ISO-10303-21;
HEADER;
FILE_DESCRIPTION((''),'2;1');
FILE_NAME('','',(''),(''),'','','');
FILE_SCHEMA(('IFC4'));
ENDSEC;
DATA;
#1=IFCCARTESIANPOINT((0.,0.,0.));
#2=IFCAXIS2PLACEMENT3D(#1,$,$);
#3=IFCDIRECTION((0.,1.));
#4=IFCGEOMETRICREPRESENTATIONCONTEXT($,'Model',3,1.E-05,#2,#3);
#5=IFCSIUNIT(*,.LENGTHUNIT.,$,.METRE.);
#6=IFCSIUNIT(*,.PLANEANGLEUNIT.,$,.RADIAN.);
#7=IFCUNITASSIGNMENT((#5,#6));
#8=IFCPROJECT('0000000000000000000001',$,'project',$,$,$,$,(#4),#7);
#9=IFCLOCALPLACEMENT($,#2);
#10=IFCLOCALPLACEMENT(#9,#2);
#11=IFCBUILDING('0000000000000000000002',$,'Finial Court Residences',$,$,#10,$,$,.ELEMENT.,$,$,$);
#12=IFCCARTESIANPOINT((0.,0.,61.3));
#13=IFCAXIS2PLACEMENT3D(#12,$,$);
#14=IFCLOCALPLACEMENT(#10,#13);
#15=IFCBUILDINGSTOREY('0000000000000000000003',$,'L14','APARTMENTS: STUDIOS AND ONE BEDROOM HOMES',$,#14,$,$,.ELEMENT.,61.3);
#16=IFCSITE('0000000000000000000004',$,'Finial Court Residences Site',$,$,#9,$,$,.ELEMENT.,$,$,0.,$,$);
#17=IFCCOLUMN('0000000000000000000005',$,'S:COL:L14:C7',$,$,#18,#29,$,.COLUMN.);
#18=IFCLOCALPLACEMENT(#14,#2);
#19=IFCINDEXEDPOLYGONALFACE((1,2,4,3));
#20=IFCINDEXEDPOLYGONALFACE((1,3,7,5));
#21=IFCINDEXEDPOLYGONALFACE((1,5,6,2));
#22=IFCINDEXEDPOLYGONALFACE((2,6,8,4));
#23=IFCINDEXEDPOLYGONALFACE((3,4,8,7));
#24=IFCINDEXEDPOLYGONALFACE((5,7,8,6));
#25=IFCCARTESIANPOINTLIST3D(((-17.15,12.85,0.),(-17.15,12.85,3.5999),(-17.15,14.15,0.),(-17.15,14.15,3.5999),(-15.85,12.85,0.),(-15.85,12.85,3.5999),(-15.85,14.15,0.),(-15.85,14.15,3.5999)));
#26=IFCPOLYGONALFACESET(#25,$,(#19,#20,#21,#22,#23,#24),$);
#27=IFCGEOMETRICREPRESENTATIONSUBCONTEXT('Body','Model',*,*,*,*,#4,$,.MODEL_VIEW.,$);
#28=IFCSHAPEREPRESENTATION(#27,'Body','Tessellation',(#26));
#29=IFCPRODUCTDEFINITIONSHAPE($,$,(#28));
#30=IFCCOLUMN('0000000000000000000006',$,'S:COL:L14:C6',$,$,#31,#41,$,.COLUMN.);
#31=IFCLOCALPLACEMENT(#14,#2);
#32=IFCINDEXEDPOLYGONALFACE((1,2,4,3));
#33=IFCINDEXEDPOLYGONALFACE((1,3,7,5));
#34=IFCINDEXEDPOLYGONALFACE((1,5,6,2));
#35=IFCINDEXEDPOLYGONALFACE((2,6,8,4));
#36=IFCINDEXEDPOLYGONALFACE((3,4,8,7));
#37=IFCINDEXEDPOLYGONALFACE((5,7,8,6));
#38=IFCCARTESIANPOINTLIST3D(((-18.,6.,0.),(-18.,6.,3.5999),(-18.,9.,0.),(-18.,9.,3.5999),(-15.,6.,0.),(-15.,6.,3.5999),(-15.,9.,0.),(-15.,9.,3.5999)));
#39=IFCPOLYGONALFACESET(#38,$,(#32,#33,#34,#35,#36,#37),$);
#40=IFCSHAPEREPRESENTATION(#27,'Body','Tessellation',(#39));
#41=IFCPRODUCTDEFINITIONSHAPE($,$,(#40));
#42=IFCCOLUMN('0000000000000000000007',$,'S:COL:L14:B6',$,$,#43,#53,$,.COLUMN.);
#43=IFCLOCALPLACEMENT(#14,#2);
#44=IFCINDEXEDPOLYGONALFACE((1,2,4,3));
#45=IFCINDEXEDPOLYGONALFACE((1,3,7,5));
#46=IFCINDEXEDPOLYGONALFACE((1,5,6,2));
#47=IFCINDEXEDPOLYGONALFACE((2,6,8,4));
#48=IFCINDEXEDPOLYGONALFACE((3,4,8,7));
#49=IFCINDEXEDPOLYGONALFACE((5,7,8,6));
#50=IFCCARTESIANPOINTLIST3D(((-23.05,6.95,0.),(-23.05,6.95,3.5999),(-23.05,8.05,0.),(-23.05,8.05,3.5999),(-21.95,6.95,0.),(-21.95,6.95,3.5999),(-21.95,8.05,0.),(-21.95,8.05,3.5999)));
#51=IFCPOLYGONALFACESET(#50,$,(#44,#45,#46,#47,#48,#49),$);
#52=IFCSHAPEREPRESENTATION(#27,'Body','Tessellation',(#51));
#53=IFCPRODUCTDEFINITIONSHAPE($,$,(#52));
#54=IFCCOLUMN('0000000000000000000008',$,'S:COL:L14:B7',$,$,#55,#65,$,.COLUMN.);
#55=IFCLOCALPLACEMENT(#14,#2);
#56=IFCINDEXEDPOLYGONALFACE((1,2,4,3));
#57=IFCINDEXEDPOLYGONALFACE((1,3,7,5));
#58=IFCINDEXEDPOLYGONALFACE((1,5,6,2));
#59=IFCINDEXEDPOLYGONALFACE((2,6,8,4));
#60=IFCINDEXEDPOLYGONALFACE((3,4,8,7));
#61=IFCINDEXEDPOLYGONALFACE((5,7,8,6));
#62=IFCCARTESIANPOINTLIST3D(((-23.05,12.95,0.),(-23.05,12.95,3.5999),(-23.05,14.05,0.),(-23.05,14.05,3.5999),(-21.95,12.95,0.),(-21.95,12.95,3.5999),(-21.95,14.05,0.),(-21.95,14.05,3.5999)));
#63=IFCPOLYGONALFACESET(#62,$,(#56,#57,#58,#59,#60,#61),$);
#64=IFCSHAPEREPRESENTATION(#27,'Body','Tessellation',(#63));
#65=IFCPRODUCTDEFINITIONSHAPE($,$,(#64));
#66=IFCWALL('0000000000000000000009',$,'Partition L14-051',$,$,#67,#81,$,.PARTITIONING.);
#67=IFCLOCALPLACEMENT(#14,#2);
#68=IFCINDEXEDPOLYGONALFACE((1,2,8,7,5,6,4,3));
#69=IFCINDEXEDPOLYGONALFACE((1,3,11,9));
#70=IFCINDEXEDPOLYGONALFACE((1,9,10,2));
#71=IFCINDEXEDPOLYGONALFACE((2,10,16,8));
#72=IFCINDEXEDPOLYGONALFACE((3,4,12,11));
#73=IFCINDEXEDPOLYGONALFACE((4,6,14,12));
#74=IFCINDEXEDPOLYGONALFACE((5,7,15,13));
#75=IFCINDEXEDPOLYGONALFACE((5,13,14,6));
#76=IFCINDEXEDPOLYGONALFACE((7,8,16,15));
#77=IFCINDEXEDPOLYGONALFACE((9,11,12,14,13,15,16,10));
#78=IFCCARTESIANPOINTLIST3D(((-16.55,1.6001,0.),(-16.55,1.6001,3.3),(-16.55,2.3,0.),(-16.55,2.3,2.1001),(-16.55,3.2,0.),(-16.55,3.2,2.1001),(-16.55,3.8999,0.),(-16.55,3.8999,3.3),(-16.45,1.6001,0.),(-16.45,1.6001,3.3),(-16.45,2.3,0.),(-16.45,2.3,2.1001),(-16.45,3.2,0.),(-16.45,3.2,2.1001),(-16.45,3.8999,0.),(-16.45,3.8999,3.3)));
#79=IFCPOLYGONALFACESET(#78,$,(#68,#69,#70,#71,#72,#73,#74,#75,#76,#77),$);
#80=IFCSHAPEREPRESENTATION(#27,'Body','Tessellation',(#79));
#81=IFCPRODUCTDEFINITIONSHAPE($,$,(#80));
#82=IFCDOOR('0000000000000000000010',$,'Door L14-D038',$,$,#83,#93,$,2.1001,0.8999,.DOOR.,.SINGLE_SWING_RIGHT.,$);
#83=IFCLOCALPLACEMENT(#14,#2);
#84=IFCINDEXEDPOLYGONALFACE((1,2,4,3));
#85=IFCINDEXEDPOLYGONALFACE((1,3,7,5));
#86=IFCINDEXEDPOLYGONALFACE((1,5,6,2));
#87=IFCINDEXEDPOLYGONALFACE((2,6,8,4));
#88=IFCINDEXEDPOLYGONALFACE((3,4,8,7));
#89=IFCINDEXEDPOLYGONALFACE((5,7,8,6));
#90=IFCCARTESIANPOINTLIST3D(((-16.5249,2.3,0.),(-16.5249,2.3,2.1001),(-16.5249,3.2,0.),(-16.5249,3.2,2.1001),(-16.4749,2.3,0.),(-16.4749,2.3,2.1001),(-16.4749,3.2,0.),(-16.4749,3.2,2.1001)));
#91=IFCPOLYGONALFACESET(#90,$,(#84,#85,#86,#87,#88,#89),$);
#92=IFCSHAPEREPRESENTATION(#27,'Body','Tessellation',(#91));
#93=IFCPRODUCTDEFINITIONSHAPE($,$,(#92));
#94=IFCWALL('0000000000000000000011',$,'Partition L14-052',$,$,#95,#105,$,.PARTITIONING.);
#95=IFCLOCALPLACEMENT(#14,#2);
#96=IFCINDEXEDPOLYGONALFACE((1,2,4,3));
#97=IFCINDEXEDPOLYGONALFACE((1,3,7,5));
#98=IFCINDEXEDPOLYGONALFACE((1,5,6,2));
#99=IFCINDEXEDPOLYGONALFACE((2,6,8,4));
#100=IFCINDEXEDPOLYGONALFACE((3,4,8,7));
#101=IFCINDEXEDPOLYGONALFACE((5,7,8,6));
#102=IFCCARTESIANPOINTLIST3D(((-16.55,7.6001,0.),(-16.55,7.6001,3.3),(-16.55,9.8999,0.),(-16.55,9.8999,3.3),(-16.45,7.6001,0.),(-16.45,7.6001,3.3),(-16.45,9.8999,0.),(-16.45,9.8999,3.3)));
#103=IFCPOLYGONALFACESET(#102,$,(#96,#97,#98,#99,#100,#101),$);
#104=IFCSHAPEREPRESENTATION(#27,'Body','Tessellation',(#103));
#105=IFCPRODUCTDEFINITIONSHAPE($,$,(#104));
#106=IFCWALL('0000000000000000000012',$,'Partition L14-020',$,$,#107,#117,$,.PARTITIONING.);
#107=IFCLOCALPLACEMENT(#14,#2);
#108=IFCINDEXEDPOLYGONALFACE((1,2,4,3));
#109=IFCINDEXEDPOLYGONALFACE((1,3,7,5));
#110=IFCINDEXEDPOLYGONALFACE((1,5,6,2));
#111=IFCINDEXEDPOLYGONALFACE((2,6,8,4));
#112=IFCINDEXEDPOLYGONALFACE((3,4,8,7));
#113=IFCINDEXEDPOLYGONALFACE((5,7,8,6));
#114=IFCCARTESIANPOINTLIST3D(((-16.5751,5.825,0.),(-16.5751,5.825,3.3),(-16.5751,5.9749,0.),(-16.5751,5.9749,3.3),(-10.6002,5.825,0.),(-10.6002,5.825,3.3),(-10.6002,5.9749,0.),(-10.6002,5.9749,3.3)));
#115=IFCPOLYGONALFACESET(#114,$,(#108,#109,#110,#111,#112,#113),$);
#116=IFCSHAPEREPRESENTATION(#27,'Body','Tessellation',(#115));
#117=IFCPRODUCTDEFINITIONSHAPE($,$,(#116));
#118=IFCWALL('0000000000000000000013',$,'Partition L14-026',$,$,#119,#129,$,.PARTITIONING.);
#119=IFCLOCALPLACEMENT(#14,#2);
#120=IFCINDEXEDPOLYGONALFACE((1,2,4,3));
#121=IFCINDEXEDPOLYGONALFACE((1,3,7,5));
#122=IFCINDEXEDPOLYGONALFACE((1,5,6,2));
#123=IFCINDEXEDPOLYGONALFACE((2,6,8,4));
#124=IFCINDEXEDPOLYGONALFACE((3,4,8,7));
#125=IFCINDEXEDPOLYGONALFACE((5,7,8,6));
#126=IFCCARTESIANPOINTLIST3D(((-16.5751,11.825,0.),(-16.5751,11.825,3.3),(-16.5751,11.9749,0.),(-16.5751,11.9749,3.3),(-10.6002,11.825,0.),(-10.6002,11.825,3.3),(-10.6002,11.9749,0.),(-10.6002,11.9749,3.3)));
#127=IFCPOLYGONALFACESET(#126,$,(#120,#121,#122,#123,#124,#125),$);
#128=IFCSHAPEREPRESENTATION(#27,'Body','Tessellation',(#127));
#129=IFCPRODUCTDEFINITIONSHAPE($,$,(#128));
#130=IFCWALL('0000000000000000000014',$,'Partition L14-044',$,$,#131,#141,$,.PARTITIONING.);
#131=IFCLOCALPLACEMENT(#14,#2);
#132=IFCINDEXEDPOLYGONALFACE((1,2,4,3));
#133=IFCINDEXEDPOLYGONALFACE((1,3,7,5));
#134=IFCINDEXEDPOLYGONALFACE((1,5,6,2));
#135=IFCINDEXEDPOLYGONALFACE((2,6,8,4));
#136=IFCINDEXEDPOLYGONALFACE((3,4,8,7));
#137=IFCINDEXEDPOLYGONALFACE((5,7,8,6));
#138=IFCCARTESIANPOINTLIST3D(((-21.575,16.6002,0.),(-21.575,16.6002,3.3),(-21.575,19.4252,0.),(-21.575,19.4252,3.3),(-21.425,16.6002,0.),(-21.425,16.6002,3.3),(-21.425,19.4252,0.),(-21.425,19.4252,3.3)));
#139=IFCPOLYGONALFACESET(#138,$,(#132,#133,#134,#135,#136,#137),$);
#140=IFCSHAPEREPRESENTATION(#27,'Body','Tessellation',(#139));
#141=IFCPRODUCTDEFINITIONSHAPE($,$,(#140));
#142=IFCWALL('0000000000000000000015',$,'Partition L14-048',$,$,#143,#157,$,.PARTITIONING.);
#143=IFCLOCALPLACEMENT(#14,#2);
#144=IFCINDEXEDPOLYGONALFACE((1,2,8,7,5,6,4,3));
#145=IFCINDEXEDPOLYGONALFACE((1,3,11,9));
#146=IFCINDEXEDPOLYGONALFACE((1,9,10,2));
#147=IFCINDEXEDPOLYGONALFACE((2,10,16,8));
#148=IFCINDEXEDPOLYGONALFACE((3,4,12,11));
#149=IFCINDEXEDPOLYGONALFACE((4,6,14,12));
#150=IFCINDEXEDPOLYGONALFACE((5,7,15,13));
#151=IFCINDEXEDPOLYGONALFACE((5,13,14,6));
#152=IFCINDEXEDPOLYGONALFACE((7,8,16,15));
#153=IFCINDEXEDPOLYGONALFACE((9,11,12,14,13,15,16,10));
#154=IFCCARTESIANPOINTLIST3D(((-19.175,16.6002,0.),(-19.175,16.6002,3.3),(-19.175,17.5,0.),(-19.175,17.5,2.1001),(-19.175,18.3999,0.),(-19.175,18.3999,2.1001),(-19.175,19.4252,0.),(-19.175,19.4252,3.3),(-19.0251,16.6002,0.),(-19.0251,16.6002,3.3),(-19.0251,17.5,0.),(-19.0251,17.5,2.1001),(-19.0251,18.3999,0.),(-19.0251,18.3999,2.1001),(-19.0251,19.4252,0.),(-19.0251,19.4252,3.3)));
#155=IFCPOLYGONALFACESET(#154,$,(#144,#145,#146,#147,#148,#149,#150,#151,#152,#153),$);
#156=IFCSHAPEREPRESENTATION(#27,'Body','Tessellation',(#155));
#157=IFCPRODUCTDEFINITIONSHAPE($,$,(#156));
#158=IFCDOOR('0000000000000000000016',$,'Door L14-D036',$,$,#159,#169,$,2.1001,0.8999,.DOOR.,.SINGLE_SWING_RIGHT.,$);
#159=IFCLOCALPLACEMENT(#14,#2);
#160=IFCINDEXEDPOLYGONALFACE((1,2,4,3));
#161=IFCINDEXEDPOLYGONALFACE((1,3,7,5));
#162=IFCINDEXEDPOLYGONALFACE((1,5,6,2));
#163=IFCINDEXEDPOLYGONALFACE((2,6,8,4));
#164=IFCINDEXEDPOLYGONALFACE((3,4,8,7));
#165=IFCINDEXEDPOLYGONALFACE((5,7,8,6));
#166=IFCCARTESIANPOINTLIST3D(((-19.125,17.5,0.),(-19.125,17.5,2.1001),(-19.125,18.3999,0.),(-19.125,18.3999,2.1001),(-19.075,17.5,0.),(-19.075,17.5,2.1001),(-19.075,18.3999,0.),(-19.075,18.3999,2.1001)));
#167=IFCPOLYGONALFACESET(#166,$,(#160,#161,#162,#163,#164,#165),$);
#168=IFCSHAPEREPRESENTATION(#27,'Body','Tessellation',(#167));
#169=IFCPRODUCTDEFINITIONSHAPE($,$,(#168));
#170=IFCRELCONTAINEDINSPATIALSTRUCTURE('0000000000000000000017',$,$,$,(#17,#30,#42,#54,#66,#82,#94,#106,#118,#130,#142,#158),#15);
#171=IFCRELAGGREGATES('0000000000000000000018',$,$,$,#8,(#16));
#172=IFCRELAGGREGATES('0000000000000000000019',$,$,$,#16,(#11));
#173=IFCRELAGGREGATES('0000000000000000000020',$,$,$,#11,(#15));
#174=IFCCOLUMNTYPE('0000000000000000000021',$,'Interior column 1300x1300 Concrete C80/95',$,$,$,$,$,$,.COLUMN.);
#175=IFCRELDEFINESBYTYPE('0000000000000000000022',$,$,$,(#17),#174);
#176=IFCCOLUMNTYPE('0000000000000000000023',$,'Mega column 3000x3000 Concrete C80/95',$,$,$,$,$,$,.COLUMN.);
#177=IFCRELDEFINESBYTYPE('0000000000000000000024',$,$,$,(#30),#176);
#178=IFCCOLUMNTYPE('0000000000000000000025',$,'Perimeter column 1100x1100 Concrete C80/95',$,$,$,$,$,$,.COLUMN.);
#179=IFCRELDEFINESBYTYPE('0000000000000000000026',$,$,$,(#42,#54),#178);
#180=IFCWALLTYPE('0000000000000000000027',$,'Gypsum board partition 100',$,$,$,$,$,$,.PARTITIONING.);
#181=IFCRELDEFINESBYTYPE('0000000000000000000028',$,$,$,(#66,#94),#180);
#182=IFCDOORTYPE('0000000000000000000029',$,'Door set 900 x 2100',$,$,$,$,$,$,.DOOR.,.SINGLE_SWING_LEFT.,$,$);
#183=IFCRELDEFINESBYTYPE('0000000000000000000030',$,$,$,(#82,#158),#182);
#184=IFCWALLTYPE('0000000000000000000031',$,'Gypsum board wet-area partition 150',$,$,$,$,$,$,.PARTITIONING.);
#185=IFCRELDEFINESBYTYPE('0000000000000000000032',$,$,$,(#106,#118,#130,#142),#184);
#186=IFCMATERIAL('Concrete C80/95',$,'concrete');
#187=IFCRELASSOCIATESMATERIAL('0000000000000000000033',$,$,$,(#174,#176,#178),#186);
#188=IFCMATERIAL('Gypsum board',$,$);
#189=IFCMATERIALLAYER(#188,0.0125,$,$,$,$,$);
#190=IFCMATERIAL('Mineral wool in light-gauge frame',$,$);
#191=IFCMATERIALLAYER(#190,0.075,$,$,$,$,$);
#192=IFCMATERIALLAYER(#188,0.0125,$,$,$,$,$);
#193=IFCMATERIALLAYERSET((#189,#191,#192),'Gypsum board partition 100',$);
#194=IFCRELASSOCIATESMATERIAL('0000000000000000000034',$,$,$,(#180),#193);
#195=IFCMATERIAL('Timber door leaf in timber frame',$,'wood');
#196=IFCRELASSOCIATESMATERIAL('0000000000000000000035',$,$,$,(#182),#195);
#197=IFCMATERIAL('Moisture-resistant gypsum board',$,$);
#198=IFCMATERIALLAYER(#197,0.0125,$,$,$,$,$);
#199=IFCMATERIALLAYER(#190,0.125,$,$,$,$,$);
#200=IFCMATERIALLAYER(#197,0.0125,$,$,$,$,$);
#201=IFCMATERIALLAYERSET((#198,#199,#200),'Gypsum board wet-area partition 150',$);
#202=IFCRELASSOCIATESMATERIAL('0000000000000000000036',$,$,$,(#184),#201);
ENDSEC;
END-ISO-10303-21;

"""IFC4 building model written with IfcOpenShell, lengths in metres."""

from ifc_helpers import new_model, si_unit, direction, frame, frame_2d, origin, origin_2d, place, context, subcontext, project, spatial, rectangle, extrude, material, layer, layer_set, material_profile, profile_set, type_object, element, fill, save


model = new_model("IFC4")

# Units and contexts
model_context = context("Model", 3, precision=1e-05, world=origin(), true_north=direction((0.0, 1.0)))
body_context = subcontext(model_context, "Body", "Model", "MODEL_VIEW")
ifc_project = project(units=[si_unit("LENGTHUNIT", "METRE"), si_unit("PLANEANGLEUNIT", "RADIAN")], contexts=[model_context])

# Site, building, storey
site_placement = place(None, origin())
site = spatial("IfcSite", under=ifc_project, at=site_placement, Name="Finial Court Residences Site", CompositionType="ELEMENT", RefElevation=0.0)
building_placement = place(site_placement, origin())
building = spatial("IfcBuilding", under=site, at=building_placement, Name="Finial Court Residences", CompositionType="ELEMENT")
storey_placement = place(building_placement, frame((0.0, 0.0, 61.3)))
storey = spatial("IfcBuildingStorey", under=building, at=storey_placement, Name="L14", Description="APARTMENTS: STUDIOS AND ONE BEDROOM HOMES", CompositionType="ELEMENT", Elevation=61.3)

# Columns
ifc_material_1 = material(Name="Concrete C80/95", Category="concrete")
ifc_material_profile_1 = material_profile(ifc_material_1, rectangle(XDim=1.3, YDim=1.3, at=origin_2d()), Name="1300x1300")
ifc_profile_set_1 = profile_set([ifc_material_profile_1], Name="Concrete C80/95")
column_type_1 = type_object("IfcColumnType", Name="Interior column 1300x1300 Concrete C80/95", PredefinedType="COLUMN", material=ifc_profile_set_1)
column_1_placement = place(storey_placement, frame((-16.5, 13.5, 0.0), z_axis=(0.0, 0.0, 1.0), x_axis=(1.0, 0.0, 0.0)))
element("IfcColumn", 1, at=column_1_placement, inside=storey, type_object=column_type_1, Name="S:COL:L14:C7", PredefinedType="COLUMN", context=body_context, shape_type="SweptSolid", body=[
    extrude(rectangle(XDim=1.3, YDim=1.3, at=origin_2d()), origin(), (0.0, 0.0, 1.0), 3.5999),
])
ifc_material_profile_2 = material_profile(ifc_material_1, rectangle(XDim=3.0, YDim=3.0, at=origin_2d()), Name="3000x3000")
ifc_profile_set_2 = profile_set([ifc_material_profile_2], Name="Concrete C80/95")
column_type_2 = type_object("IfcColumnType", Name="Mega column 3000x3000 Concrete C80/95", PredefinedType="COLUMN", material=ifc_profile_set_2)
column_2_placement = place(storey_placement, frame((-16.5, 7.5, 0.0), z_axis=(0.0, 0.0, 1.0), x_axis=(1.0, 0.0, 0.0)))
element("IfcColumn", 2, at=column_2_placement, inside=storey, type_object=column_type_2, Name="S:COL:L14:C6", PredefinedType="COLUMN", context=body_context, shape_type="SweptSolid", body=[
    extrude(rectangle(XDim=3.0, YDim=3.0, at=origin_2d()), origin(), (0.0, 0.0, 1.0), 3.5999),
])
ifc_material_profile_3 = material_profile(ifc_material_1, rectangle(XDim=1.1001, YDim=1.1001, at=origin_2d()), Name="1100x1100")
ifc_profile_set_3 = profile_set([ifc_material_profile_3], Name="Concrete C80/95")
column_type_3 = type_object("IfcColumnType", Name="Perimeter column 1100x1100 Concrete C80/95", PredefinedType="COLUMN", material=ifc_profile_set_3)
for number, where, z_axis, x_axis, name in (
    (3, (-22.5, 7.5, 0.0), (0.0, 0.0, 1.0), (1.0, 0.0, 0.0), "S:COL:L14:B6"),
    (4, (-22.5, 13.5, 0.0), (0.0, 0.0, 1.0), (1.0, 0.0, 0.0), "S:COL:L14:B7"),
):
    element("IfcColumn", number, at=place(storey_placement, frame(where, z_axis=z_axis, x_axis=x_axis)), inside=storey, type_object=column_type_3, Name=name, PredefinedType="COLUMN", context=body_context, shape_type="SweptSolid", body=[
        extrude(rectangle(XDim=1.1001, YDim=1.1001, at=origin_2d()), origin(), (0.0, 0.0, 1.0), 3.5999),
    ])

# Wall, opening, door
ifc_material_2 = material(Name="Gypsum board")
ifc_layer_1 = layer(ifc_material_2, 0.0125)
ifc_material_3 = material(Name="Mineral wool in light-gauge frame")
ifc_layer_2 = layer(ifc_material_3, 0.075)
ifc_layer_3 = layer(ifc_material_2, 0.0125)
ifc_layer_set_1 = layer_set([ifc_layer_1, ifc_layer_2, ifc_layer_3], Name="Gypsum board partition 100")
wall_type_1 = type_object("IfcWallType", Name="Gypsum board partition 100", PredefinedType="PARTITIONING", material=ifc_layer_set_1)
wall_1_placement = place(storey_placement, frame((-16.5, 1.6001, 0.0), z_axis=(0.0, 0.0, 1.0), x_axis=(0.0, 1.0, 0.0)))
wall_1 = element("IfcWall", 5, at=wall_1_placement, inside=storey, type_object=wall_type_1, Name="Partition L14-051", PredefinedType="PARTITIONING", context=body_context, shape_type="SweptSolid", body=[
    extrude(rectangle(XDim=2.2998, YDim=0.1001, at=frame_2d((1.1499, 0.0))), origin(), (0.0, 0.0, 1.0), 3.3),
])
opening_1_placement = place(wall_1_placement, frame((0.7, 0.0, 0.0)))
opening_1 = element("IfcOpeningElement", 6, at=opening_1_placement, cuts=wall_1, PredefinedType="OPENING", context=body_context, shape_type="SweptSolid", body=[
    extrude(rectangle(XDim=0.8999, YDim=2.1001, at=frame_2d((0.45, 1.05))), frame((0.0, 0.0601, 0.0), z_axis=(0.0, -1.0, 0.0), x_axis=(1.0, 0.0, 0.0)), (0.0, 0.0, 1.0), 0.1201),
])
ifc_material_4 = material(Name="Timber door leaf in timber frame", Category="wood")
door_type = type_object("IfcDoorType", Name="Door set 900 x 2100", OperationType="SINGLE_SWING_LEFT", PredefinedType="DOOR", material=ifc_material_4)
door_1_placement = place(opening_1_placement, origin())
door_1 = element("IfcDoor", 7, at=door_1_placement, inside=storey, type_object=door_type, Name="Door L14-D038", OperationType="SINGLE_SWING_RIGHT", OverallHeight=2.1001, OverallWidth=0.8999, PredefinedType="DOOR", context=body_context, shape_type="SweptSolid", body=[
    extrude(rectangle(XDim=0.8999, YDim=2.1001, at=frame_2d((0.45, 1.05))), frame((0.0, 0.0249, 0.0), z_axis=(0.0, -1.0, 0.0), x_axis=(1.0, 0.0, 0.0)), (0.0, 0.0, 1.0), 0.05),
])
fill(opening_1, door_1)

# Walls
wall_2_placement = place(storey_placement, frame((-16.5, 7.6001, 0.0), z_axis=(0.0, 0.0, 1.0), x_axis=(0.0, 1.0, 0.0)))
element("IfcWall", 8, at=wall_2_placement, inside=storey, type_object=wall_type_1, Name="Partition L14-052", PredefinedType="PARTITIONING", context=body_context, shape_type="SweptSolid", body=[
    extrude(rectangle(XDim=2.2998, YDim=0.1001, at=frame_2d((1.1499, 0.0))), origin(), (0.0, 0.0, 1.0), 3.3),
])
ifc_material_5 = material(Name="Moisture-resistant gypsum board")
ifc_layer_4 = layer(ifc_material_5, 0.0125)
ifc_layer_5 = layer(ifc_material_3, 0.125)
ifc_layer_6 = layer(ifc_material_5, 0.0125)
ifc_layer_set_2 = layer_set([ifc_layer_4, ifc_layer_5, ifc_layer_6], Name="Gypsum board wet-area partition 150")
wall_type_2 = type_object("IfcWallType", Name="Gypsum board wet-area partition 150", PredefinedType="PARTITIONING", material=ifc_layer_set_2)
for number, where, z_axis, x_axis, name in (
    (9, (-16.575, 5.8999, 0.0), (0.0, 0.0, 1.0), (1.0, 0.0, 0.0), "Partition L14-020"),
    (10, (-16.575, 11.8999, 0.0), (0.0, 0.0, 1.0), (1.0, 0.0, 0.0), "Partition L14-026"),
):
    element("IfcWall", number, at=place(storey_placement, frame(where, z_axis=z_axis, x_axis=x_axis)), inside=storey, type_object=wall_type_2, Name=name, PredefinedType="PARTITIONING", context=body_context, shape_type="SweptSolid", body=[
        extrude(rectangle(XDim=5.9749, YDim=0.1499, at=frame_2d((2.9873, 0.0))), origin(), (0.0, 0.0, 1.0), 3.3),
    ])
wall_3_placement = place(storey_placement, frame((-21.5, 16.6001, 0.0), z_axis=(0.0, 0.0, 1.0), x_axis=(0.0, 1.0, 0.0)))
element("IfcWall", 11, at=wall_3_placement, inside=storey, type_object=wall_type_2, Name="Partition L14-044", PredefinedType="PARTITIONING", context=body_context, shape_type="SweptSolid", body=[
    extrude(rectangle(XDim=2.825, YDim=0.1499, at=frame_2d((1.4126, 0.0))), origin(), (0.0, 0.0, 1.0), 3.3),
])

# Wall, opening, door
wall_4_placement = place(storey_placement, frame((-19.1001, 16.6001, 0.0), z_axis=(0.0, 0.0, 1.0), x_axis=(0.0, 1.0, 0.0)))
wall_4 = element("IfcWall", 12, at=wall_4_placement, inside=storey, type_object=wall_type_2, Name="Partition L14-048", PredefinedType="PARTITIONING", context=body_context, shape_type="SweptSolid", body=[
    extrude(rectangle(XDim=2.825, YDim=0.1499, at=frame_2d((1.4126, 0.0))), origin(), (0.0, 0.0, 1.0), 3.3),
])
opening_2_placement = place(wall_4_placement, frame((0.8999, 0.0, 0.0)))
opening_2 = element("IfcOpeningElement", 13, at=opening_2_placement, cuts=wall_4, PredefinedType="OPENING", context=body_context, shape_type="SweptSolid", body=[
    extrude(rectangle(XDim=0.8999, YDim=2.1001, at=frame_2d((0.45, 1.05))), frame((0.0, 0.085, 0.0), z_axis=(0.0, -1.0, 0.0), x_axis=(1.0, 0.0, 0.0)), (0.0, 0.0, 1.0), 0.1699),
])
door_2_placement = place(opening_2_placement, origin())
door_2 = element("IfcDoor", 14, at=door_2_placement, inside=storey, type_object=door_type, Name="Door L14-D036", OperationType="SINGLE_SWING_RIGHT", OverallHeight=2.1001, OverallWidth=0.8999, PredefinedType="DOOR", context=body_context, shape_type="SweptSolid", body=[
    extrude(rectangle(XDim=0.8999, YDim=2.1001, at=frame_2d((0.45, 1.05))), frame((0.0, 0.0249, 0.0), z_axis=(0.0, -1.0, 0.0), x_axis=(1.0, 0.0, 0.0)), (0.0, 0.0, 1.0), 0.05),
])
fill(opening_2, door_2)

save(model, "model.ifc")
